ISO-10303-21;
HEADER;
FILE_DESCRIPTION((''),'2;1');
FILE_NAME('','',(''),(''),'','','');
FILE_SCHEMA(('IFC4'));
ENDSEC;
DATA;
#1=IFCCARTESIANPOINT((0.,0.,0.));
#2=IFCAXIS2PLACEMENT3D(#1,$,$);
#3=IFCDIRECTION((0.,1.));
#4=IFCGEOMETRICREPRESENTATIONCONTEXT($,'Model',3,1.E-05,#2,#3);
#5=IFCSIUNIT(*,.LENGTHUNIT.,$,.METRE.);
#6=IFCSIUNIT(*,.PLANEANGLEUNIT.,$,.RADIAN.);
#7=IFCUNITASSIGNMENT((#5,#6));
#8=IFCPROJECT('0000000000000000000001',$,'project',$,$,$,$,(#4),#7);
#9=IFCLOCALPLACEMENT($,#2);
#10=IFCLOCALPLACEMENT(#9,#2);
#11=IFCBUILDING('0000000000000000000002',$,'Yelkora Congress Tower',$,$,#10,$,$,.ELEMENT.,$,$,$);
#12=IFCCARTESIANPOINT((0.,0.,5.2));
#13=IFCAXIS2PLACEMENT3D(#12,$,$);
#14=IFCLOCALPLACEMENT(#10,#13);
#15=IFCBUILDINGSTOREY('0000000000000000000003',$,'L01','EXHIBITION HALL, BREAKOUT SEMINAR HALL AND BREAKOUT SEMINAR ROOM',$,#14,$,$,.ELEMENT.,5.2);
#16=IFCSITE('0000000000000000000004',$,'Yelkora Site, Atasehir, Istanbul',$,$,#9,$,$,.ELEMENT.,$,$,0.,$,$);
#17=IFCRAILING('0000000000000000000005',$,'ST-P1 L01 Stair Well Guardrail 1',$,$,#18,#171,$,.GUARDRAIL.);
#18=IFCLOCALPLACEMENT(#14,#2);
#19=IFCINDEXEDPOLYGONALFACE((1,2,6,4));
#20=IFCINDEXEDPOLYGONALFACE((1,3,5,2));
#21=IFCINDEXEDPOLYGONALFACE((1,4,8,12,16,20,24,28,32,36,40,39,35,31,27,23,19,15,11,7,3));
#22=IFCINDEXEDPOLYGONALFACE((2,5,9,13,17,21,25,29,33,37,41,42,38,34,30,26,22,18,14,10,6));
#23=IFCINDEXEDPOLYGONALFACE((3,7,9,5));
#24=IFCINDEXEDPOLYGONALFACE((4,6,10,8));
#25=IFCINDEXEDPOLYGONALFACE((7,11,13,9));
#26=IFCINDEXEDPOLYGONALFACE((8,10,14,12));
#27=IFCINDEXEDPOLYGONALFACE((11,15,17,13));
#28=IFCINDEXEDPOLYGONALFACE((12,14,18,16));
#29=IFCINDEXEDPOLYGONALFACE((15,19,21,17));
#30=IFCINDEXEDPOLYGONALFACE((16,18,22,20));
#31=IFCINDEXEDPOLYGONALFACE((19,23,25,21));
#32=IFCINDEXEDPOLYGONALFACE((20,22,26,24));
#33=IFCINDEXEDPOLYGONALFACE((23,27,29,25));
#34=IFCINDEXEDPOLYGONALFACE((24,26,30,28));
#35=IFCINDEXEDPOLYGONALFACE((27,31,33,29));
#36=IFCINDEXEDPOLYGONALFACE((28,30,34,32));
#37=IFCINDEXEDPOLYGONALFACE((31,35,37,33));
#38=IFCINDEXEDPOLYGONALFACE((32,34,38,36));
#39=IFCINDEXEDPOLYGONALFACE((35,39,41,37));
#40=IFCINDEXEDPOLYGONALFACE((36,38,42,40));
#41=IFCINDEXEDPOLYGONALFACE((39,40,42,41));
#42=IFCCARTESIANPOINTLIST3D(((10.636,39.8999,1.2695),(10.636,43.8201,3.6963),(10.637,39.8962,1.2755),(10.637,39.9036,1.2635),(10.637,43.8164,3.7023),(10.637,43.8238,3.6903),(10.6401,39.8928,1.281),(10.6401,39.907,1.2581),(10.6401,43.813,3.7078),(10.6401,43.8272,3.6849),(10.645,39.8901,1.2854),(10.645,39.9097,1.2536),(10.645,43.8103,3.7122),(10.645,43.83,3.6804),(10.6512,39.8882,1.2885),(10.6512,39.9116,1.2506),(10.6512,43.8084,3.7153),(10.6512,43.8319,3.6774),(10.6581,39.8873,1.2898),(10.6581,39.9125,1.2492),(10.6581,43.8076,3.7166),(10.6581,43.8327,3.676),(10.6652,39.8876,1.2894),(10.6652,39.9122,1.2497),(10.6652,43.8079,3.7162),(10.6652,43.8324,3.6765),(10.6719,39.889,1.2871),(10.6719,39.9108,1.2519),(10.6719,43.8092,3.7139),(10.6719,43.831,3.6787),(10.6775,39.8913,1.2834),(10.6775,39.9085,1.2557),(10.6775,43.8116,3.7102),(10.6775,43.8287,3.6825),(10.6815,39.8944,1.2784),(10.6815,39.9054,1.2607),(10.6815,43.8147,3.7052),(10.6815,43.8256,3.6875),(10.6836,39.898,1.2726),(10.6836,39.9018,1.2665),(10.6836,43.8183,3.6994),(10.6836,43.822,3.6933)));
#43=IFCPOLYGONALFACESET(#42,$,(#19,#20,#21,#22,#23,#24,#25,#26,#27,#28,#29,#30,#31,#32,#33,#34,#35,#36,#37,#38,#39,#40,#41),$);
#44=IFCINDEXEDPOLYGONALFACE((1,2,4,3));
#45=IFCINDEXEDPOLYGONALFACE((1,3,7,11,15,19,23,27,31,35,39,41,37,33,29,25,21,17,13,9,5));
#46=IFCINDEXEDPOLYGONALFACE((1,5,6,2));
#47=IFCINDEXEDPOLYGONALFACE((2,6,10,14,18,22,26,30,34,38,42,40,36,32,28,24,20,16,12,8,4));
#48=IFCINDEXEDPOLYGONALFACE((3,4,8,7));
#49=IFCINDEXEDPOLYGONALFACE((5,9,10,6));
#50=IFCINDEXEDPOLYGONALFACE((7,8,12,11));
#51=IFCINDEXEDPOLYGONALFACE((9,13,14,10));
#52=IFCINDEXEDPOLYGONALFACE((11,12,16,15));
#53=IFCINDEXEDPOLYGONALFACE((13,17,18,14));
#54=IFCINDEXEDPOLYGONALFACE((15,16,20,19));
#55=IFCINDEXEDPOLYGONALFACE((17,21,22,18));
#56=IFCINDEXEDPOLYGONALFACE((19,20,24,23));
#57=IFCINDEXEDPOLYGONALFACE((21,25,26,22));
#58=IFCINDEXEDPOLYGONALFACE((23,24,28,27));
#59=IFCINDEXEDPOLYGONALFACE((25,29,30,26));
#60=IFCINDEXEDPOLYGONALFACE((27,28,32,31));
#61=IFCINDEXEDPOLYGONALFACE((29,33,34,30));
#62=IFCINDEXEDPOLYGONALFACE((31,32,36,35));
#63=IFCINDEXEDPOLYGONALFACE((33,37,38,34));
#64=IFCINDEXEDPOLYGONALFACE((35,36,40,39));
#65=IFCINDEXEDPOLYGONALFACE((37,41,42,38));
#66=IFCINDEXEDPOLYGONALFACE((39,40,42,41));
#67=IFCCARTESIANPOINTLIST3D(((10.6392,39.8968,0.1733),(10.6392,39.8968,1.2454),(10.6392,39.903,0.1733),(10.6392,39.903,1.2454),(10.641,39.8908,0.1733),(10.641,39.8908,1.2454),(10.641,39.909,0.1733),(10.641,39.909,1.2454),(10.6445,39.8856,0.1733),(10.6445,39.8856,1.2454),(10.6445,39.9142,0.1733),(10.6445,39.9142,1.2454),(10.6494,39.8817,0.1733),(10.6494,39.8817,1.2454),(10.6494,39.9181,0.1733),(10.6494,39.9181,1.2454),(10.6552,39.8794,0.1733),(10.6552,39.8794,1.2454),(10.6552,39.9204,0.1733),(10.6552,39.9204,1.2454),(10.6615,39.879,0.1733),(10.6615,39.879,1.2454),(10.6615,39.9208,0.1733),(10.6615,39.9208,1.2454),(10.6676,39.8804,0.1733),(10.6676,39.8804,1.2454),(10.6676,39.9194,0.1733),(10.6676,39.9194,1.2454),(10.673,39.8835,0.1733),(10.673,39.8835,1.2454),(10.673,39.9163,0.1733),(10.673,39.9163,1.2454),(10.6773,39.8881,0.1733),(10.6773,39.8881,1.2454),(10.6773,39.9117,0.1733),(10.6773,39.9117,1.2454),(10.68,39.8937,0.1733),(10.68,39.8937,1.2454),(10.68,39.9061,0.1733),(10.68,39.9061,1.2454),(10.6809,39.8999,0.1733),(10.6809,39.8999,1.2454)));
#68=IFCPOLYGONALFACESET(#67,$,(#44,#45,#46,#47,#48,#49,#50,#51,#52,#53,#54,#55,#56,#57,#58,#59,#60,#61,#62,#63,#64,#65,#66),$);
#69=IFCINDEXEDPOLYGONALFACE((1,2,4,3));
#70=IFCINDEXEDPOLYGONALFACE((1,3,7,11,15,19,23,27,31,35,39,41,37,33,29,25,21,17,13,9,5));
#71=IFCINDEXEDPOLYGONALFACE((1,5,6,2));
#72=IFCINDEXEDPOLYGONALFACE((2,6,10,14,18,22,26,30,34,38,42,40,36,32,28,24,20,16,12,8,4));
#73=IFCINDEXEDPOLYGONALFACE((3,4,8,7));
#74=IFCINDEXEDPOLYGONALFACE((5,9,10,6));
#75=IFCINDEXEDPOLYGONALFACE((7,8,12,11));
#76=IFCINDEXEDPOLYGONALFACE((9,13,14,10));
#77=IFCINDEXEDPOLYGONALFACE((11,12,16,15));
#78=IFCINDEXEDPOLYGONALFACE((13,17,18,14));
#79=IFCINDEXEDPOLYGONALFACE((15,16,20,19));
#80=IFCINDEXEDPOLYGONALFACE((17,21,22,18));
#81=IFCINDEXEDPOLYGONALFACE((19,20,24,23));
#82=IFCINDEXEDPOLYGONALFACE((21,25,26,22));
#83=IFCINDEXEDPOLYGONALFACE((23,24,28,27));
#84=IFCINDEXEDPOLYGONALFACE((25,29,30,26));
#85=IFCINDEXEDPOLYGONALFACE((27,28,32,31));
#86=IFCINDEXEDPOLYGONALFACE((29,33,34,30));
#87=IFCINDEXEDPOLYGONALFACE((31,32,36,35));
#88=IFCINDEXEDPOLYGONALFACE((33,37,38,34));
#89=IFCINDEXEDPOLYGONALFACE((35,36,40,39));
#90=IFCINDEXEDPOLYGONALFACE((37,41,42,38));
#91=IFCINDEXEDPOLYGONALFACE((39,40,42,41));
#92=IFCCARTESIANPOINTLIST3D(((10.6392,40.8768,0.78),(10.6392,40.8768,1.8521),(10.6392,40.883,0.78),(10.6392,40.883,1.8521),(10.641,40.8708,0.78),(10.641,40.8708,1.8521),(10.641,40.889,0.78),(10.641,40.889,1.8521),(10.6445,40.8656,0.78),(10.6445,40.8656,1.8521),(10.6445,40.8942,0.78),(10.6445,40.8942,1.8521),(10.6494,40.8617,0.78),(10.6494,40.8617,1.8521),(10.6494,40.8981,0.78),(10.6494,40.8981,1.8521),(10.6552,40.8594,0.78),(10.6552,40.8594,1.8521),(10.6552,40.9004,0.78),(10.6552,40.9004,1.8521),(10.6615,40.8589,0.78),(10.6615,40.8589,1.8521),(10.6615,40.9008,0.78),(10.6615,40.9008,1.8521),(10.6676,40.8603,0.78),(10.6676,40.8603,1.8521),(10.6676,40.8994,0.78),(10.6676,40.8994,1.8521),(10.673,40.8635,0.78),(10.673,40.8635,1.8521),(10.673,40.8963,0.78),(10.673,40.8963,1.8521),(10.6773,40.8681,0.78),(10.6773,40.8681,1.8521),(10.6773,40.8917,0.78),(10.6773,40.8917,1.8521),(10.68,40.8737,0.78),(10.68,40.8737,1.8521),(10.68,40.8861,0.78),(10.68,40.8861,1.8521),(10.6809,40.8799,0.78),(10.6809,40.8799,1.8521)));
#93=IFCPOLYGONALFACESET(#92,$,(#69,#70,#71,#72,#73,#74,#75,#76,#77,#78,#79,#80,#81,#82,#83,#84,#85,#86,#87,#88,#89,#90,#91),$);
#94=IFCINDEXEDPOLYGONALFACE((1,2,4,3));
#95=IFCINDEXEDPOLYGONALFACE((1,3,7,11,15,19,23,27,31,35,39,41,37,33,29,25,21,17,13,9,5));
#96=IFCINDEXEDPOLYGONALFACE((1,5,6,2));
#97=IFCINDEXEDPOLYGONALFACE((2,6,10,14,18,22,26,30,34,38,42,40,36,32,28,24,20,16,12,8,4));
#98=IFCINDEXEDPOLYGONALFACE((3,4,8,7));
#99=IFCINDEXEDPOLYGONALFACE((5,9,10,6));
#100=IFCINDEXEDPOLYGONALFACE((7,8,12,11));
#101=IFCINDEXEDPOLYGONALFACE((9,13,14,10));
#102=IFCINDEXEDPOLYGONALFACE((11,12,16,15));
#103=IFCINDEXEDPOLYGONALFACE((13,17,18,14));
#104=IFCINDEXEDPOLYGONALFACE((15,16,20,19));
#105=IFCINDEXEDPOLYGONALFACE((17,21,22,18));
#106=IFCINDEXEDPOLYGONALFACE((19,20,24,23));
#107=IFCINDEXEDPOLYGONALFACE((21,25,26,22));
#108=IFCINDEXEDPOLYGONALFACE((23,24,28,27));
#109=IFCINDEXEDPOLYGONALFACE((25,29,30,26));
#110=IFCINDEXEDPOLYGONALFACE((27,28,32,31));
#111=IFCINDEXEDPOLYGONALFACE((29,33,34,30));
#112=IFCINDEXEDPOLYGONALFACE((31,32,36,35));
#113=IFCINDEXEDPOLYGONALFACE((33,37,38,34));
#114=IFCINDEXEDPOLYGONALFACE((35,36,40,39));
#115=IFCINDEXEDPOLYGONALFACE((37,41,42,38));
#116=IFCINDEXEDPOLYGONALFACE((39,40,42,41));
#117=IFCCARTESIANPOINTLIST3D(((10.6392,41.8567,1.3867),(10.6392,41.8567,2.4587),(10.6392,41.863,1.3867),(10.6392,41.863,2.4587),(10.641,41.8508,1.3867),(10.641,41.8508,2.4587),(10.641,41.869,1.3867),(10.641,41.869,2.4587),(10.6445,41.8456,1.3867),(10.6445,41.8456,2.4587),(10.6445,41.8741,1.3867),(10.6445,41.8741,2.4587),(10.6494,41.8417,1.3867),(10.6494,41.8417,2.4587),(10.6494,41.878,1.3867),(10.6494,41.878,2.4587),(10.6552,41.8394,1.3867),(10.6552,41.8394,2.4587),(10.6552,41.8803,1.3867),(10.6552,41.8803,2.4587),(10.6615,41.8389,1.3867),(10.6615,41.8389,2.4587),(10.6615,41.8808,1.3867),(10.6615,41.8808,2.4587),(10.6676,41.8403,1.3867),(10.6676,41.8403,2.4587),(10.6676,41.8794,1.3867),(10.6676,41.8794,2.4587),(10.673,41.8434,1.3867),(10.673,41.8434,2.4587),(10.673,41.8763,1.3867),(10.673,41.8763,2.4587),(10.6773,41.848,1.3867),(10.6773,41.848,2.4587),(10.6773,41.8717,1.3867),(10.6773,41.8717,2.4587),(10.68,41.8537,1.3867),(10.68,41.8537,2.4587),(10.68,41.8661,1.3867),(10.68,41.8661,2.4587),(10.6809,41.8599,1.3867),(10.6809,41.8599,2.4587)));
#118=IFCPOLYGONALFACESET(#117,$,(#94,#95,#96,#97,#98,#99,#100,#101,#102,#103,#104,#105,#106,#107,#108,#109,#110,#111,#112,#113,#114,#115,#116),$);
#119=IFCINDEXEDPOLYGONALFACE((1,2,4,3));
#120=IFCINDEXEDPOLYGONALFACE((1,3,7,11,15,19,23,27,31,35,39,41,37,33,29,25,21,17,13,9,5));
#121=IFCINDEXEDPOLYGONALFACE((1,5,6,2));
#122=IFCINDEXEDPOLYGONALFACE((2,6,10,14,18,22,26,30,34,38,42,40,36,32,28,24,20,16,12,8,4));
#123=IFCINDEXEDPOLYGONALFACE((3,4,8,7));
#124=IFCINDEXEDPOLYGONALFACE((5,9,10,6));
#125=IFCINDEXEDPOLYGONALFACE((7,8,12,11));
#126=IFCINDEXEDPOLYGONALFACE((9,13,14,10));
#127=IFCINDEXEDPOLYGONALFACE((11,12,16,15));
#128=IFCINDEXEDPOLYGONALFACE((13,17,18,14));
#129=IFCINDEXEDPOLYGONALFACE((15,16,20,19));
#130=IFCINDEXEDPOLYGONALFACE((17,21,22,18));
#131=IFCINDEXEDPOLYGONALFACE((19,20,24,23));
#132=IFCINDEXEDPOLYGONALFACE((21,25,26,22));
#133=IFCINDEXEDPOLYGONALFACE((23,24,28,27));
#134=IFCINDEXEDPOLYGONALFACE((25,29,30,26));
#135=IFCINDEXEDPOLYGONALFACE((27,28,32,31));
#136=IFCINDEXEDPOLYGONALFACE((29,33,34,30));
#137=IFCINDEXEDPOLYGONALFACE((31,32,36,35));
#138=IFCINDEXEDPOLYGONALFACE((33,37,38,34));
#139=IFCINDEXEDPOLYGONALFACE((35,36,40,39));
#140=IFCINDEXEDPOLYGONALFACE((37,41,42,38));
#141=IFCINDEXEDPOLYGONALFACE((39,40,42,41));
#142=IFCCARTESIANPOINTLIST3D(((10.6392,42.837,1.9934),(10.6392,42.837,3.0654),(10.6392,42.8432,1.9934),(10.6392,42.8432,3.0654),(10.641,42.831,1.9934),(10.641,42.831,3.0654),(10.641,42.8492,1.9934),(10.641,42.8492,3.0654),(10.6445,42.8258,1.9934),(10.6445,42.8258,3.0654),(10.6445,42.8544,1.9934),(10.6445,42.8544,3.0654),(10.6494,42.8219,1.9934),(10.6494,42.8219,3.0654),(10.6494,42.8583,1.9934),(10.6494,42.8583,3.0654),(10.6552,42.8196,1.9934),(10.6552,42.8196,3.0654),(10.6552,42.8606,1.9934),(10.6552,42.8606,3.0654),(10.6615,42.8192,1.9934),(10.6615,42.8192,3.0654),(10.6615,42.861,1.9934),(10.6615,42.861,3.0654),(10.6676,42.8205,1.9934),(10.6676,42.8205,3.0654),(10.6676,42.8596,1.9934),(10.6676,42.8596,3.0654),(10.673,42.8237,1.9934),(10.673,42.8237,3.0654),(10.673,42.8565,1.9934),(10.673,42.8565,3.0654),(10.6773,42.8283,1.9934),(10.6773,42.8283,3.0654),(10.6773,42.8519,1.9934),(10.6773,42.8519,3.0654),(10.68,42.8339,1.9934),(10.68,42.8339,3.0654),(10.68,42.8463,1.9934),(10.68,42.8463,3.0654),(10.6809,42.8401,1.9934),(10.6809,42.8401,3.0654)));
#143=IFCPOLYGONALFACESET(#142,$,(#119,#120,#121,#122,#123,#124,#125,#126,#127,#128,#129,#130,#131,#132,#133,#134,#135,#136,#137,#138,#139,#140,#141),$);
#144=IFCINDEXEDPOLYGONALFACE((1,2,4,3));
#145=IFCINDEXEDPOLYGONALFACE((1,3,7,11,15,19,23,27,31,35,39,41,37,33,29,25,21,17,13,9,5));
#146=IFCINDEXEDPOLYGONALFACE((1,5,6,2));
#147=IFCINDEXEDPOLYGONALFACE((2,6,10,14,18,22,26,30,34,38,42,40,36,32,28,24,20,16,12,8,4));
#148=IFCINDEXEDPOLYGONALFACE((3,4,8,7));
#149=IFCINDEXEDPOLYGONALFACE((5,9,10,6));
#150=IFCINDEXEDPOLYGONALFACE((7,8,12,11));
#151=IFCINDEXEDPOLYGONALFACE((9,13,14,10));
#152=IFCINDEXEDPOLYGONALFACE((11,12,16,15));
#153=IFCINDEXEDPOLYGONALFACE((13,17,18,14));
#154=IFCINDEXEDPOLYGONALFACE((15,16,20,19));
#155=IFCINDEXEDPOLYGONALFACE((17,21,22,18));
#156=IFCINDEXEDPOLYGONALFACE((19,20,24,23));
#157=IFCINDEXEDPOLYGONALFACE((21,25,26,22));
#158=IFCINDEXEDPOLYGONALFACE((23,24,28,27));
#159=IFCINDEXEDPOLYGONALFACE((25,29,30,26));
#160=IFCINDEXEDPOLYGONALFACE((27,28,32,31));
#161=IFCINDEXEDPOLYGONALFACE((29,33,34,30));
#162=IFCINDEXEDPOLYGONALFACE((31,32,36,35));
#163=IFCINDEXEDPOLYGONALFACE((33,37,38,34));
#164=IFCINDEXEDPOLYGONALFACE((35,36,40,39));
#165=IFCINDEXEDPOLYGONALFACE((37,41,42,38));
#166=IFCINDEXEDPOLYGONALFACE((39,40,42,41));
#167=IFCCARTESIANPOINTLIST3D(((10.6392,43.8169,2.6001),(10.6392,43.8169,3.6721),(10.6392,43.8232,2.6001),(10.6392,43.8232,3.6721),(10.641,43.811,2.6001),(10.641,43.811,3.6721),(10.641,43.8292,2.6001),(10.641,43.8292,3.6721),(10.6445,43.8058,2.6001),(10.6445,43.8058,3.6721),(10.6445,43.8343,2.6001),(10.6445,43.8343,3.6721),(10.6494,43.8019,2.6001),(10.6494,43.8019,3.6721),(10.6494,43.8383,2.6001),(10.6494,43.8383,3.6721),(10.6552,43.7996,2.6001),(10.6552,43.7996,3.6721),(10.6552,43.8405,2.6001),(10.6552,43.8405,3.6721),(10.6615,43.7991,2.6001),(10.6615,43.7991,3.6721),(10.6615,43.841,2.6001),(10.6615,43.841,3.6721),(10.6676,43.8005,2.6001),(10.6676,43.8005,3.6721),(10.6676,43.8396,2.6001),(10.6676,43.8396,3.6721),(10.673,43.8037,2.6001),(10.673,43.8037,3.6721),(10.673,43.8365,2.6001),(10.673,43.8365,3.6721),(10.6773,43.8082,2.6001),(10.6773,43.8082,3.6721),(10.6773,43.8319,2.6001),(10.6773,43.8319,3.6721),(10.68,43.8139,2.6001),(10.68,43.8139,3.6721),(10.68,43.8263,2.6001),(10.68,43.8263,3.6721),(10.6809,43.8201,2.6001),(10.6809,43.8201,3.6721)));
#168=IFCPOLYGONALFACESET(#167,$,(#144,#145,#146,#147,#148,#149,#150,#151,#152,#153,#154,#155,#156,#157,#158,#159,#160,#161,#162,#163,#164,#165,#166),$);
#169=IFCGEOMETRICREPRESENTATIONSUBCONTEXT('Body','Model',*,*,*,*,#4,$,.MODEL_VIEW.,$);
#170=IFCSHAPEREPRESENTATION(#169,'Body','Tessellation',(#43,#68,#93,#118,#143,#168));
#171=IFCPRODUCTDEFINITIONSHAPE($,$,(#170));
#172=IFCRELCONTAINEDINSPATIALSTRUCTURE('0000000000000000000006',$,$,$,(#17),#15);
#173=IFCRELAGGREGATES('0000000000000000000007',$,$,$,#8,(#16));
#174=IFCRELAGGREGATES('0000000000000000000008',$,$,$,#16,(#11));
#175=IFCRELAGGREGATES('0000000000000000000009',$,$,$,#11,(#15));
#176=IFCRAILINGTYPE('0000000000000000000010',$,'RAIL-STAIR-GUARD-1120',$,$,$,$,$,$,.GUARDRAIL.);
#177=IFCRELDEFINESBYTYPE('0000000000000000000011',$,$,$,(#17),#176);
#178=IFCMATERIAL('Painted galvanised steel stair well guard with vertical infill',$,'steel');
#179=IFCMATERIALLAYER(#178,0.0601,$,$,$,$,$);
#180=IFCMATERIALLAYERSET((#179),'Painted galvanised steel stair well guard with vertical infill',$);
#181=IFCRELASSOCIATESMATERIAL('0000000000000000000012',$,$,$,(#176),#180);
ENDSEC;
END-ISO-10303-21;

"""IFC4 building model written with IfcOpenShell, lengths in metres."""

from ifc_helpers import new_model, si_unit, direction, frame, origin, origin_2d, place, context, subcontext, project, spatial, circle, extrude, material, layer, layer_set, type_object, element, save


model = new_model("IFC4")

# Units and contexts
model_context = context("Model", 3, precision=1e-05, world=origin(), true_north=direction((0.0, 1.0)))
body_context = subcontext(model_context, "Body", "Model", "MODEL_VIEW")
ifc_project = project(units=[si_unit("LENGTHUNIT", "METRE"), si_unit("PLANEANGLEUNIT", "RADIAN")], contexts=[model_context])

# Site, building, storey
site_placement = place(None, origin())
site = spatial("IfcSite", under=ifc_project, at=site_placement, Name="Yelkora Site, Atasehir, Istanbul", CompositionType="ELEMENT", RefElevation=0.0)
building_placement = place(site_placement, origin())
building = spatial("IfcBuilding", under=site, at=building_placement, Name="Yelkora Congress Tower", CompositionType="ELEMENT")
storey_placement = place(building_placement, frame((0.0, 0.0, 5.2)))
storey = spatial("IfcBuildingStorey", under=building, at=storey_placement, Name="L01", Description="EXHIBITION HALL, BREAKOUT SEMINAR HALL AND BREAKOUT SEMINAR ROOM", CompositionType="ELEMENT", Elevation=5.2)

# Railing
ifc_material_1 = material(Name="Painted galvanised steel stair well guard with vertical infill", Category="steel")
ifc_layer_1 = layer(ifc_material_1, 0.0601)
ifc_layer_set_1 = layer_set([ifc_layer_1], Name="Painted galvanised steel stair well guard with vertical infill")
railing_type_1 = type_object("IfcRailingType", Name="RAIL-STAIR-GUARD-1120", PredefinedType="GUARDRAIL", material=ifc_layer_set_1)
railing_1_placement = place(storey_placement, frame((10.6599, 39.8999, 0.1733)))
element("IfcRailing", 1, at=railing_1_placement, inside=storey, type_object=railing_type_1, Name="ST-P1 L01 Stair Well Guardrail 1", PredefinedType="GUARDRAIL", context=body_context, shape_type="SweptSolid", body=[
    extrude(circle(Radius=0.0239, at=origin_2d()), frame((0.0, 0.0, 1.0962), z_axis=(0.0, 0.850266, 0.526353), x_axis=(-1.0, 0.0, 0.0)), (0.0, 0.0, 1.0), 4.6106),
    extrude(circle(Radius=0.021, at=origin_2d()), origin(), (0.0, 0.0, 1.0), 1.072),
    extrude(circle(Radius=0.021, at=origin_2d()), frame((0.0, 0.98, 0.6067)), (0.0, 0.0, 1.0), 1.072),
    extrude(circle(Radius=0.021, at=origin_2d()), frame((0.0, 1.96, 1.2134)), (0.0, 0.0, 1.0), 1.072),
    extrude(circle(Radius=0.021, at=origin_2d()), frame((0.0, 2.9402, 1.8201)), (0.0, 0.0, 1.0), 1.072),
    extrude(circle(Radius=0.021, at=origin_2d()), frame((0.0, 3.9202, 2.4268)), (0.0, 0.0, 1.0), 1.072),
])

save(model, "model.ifc")
